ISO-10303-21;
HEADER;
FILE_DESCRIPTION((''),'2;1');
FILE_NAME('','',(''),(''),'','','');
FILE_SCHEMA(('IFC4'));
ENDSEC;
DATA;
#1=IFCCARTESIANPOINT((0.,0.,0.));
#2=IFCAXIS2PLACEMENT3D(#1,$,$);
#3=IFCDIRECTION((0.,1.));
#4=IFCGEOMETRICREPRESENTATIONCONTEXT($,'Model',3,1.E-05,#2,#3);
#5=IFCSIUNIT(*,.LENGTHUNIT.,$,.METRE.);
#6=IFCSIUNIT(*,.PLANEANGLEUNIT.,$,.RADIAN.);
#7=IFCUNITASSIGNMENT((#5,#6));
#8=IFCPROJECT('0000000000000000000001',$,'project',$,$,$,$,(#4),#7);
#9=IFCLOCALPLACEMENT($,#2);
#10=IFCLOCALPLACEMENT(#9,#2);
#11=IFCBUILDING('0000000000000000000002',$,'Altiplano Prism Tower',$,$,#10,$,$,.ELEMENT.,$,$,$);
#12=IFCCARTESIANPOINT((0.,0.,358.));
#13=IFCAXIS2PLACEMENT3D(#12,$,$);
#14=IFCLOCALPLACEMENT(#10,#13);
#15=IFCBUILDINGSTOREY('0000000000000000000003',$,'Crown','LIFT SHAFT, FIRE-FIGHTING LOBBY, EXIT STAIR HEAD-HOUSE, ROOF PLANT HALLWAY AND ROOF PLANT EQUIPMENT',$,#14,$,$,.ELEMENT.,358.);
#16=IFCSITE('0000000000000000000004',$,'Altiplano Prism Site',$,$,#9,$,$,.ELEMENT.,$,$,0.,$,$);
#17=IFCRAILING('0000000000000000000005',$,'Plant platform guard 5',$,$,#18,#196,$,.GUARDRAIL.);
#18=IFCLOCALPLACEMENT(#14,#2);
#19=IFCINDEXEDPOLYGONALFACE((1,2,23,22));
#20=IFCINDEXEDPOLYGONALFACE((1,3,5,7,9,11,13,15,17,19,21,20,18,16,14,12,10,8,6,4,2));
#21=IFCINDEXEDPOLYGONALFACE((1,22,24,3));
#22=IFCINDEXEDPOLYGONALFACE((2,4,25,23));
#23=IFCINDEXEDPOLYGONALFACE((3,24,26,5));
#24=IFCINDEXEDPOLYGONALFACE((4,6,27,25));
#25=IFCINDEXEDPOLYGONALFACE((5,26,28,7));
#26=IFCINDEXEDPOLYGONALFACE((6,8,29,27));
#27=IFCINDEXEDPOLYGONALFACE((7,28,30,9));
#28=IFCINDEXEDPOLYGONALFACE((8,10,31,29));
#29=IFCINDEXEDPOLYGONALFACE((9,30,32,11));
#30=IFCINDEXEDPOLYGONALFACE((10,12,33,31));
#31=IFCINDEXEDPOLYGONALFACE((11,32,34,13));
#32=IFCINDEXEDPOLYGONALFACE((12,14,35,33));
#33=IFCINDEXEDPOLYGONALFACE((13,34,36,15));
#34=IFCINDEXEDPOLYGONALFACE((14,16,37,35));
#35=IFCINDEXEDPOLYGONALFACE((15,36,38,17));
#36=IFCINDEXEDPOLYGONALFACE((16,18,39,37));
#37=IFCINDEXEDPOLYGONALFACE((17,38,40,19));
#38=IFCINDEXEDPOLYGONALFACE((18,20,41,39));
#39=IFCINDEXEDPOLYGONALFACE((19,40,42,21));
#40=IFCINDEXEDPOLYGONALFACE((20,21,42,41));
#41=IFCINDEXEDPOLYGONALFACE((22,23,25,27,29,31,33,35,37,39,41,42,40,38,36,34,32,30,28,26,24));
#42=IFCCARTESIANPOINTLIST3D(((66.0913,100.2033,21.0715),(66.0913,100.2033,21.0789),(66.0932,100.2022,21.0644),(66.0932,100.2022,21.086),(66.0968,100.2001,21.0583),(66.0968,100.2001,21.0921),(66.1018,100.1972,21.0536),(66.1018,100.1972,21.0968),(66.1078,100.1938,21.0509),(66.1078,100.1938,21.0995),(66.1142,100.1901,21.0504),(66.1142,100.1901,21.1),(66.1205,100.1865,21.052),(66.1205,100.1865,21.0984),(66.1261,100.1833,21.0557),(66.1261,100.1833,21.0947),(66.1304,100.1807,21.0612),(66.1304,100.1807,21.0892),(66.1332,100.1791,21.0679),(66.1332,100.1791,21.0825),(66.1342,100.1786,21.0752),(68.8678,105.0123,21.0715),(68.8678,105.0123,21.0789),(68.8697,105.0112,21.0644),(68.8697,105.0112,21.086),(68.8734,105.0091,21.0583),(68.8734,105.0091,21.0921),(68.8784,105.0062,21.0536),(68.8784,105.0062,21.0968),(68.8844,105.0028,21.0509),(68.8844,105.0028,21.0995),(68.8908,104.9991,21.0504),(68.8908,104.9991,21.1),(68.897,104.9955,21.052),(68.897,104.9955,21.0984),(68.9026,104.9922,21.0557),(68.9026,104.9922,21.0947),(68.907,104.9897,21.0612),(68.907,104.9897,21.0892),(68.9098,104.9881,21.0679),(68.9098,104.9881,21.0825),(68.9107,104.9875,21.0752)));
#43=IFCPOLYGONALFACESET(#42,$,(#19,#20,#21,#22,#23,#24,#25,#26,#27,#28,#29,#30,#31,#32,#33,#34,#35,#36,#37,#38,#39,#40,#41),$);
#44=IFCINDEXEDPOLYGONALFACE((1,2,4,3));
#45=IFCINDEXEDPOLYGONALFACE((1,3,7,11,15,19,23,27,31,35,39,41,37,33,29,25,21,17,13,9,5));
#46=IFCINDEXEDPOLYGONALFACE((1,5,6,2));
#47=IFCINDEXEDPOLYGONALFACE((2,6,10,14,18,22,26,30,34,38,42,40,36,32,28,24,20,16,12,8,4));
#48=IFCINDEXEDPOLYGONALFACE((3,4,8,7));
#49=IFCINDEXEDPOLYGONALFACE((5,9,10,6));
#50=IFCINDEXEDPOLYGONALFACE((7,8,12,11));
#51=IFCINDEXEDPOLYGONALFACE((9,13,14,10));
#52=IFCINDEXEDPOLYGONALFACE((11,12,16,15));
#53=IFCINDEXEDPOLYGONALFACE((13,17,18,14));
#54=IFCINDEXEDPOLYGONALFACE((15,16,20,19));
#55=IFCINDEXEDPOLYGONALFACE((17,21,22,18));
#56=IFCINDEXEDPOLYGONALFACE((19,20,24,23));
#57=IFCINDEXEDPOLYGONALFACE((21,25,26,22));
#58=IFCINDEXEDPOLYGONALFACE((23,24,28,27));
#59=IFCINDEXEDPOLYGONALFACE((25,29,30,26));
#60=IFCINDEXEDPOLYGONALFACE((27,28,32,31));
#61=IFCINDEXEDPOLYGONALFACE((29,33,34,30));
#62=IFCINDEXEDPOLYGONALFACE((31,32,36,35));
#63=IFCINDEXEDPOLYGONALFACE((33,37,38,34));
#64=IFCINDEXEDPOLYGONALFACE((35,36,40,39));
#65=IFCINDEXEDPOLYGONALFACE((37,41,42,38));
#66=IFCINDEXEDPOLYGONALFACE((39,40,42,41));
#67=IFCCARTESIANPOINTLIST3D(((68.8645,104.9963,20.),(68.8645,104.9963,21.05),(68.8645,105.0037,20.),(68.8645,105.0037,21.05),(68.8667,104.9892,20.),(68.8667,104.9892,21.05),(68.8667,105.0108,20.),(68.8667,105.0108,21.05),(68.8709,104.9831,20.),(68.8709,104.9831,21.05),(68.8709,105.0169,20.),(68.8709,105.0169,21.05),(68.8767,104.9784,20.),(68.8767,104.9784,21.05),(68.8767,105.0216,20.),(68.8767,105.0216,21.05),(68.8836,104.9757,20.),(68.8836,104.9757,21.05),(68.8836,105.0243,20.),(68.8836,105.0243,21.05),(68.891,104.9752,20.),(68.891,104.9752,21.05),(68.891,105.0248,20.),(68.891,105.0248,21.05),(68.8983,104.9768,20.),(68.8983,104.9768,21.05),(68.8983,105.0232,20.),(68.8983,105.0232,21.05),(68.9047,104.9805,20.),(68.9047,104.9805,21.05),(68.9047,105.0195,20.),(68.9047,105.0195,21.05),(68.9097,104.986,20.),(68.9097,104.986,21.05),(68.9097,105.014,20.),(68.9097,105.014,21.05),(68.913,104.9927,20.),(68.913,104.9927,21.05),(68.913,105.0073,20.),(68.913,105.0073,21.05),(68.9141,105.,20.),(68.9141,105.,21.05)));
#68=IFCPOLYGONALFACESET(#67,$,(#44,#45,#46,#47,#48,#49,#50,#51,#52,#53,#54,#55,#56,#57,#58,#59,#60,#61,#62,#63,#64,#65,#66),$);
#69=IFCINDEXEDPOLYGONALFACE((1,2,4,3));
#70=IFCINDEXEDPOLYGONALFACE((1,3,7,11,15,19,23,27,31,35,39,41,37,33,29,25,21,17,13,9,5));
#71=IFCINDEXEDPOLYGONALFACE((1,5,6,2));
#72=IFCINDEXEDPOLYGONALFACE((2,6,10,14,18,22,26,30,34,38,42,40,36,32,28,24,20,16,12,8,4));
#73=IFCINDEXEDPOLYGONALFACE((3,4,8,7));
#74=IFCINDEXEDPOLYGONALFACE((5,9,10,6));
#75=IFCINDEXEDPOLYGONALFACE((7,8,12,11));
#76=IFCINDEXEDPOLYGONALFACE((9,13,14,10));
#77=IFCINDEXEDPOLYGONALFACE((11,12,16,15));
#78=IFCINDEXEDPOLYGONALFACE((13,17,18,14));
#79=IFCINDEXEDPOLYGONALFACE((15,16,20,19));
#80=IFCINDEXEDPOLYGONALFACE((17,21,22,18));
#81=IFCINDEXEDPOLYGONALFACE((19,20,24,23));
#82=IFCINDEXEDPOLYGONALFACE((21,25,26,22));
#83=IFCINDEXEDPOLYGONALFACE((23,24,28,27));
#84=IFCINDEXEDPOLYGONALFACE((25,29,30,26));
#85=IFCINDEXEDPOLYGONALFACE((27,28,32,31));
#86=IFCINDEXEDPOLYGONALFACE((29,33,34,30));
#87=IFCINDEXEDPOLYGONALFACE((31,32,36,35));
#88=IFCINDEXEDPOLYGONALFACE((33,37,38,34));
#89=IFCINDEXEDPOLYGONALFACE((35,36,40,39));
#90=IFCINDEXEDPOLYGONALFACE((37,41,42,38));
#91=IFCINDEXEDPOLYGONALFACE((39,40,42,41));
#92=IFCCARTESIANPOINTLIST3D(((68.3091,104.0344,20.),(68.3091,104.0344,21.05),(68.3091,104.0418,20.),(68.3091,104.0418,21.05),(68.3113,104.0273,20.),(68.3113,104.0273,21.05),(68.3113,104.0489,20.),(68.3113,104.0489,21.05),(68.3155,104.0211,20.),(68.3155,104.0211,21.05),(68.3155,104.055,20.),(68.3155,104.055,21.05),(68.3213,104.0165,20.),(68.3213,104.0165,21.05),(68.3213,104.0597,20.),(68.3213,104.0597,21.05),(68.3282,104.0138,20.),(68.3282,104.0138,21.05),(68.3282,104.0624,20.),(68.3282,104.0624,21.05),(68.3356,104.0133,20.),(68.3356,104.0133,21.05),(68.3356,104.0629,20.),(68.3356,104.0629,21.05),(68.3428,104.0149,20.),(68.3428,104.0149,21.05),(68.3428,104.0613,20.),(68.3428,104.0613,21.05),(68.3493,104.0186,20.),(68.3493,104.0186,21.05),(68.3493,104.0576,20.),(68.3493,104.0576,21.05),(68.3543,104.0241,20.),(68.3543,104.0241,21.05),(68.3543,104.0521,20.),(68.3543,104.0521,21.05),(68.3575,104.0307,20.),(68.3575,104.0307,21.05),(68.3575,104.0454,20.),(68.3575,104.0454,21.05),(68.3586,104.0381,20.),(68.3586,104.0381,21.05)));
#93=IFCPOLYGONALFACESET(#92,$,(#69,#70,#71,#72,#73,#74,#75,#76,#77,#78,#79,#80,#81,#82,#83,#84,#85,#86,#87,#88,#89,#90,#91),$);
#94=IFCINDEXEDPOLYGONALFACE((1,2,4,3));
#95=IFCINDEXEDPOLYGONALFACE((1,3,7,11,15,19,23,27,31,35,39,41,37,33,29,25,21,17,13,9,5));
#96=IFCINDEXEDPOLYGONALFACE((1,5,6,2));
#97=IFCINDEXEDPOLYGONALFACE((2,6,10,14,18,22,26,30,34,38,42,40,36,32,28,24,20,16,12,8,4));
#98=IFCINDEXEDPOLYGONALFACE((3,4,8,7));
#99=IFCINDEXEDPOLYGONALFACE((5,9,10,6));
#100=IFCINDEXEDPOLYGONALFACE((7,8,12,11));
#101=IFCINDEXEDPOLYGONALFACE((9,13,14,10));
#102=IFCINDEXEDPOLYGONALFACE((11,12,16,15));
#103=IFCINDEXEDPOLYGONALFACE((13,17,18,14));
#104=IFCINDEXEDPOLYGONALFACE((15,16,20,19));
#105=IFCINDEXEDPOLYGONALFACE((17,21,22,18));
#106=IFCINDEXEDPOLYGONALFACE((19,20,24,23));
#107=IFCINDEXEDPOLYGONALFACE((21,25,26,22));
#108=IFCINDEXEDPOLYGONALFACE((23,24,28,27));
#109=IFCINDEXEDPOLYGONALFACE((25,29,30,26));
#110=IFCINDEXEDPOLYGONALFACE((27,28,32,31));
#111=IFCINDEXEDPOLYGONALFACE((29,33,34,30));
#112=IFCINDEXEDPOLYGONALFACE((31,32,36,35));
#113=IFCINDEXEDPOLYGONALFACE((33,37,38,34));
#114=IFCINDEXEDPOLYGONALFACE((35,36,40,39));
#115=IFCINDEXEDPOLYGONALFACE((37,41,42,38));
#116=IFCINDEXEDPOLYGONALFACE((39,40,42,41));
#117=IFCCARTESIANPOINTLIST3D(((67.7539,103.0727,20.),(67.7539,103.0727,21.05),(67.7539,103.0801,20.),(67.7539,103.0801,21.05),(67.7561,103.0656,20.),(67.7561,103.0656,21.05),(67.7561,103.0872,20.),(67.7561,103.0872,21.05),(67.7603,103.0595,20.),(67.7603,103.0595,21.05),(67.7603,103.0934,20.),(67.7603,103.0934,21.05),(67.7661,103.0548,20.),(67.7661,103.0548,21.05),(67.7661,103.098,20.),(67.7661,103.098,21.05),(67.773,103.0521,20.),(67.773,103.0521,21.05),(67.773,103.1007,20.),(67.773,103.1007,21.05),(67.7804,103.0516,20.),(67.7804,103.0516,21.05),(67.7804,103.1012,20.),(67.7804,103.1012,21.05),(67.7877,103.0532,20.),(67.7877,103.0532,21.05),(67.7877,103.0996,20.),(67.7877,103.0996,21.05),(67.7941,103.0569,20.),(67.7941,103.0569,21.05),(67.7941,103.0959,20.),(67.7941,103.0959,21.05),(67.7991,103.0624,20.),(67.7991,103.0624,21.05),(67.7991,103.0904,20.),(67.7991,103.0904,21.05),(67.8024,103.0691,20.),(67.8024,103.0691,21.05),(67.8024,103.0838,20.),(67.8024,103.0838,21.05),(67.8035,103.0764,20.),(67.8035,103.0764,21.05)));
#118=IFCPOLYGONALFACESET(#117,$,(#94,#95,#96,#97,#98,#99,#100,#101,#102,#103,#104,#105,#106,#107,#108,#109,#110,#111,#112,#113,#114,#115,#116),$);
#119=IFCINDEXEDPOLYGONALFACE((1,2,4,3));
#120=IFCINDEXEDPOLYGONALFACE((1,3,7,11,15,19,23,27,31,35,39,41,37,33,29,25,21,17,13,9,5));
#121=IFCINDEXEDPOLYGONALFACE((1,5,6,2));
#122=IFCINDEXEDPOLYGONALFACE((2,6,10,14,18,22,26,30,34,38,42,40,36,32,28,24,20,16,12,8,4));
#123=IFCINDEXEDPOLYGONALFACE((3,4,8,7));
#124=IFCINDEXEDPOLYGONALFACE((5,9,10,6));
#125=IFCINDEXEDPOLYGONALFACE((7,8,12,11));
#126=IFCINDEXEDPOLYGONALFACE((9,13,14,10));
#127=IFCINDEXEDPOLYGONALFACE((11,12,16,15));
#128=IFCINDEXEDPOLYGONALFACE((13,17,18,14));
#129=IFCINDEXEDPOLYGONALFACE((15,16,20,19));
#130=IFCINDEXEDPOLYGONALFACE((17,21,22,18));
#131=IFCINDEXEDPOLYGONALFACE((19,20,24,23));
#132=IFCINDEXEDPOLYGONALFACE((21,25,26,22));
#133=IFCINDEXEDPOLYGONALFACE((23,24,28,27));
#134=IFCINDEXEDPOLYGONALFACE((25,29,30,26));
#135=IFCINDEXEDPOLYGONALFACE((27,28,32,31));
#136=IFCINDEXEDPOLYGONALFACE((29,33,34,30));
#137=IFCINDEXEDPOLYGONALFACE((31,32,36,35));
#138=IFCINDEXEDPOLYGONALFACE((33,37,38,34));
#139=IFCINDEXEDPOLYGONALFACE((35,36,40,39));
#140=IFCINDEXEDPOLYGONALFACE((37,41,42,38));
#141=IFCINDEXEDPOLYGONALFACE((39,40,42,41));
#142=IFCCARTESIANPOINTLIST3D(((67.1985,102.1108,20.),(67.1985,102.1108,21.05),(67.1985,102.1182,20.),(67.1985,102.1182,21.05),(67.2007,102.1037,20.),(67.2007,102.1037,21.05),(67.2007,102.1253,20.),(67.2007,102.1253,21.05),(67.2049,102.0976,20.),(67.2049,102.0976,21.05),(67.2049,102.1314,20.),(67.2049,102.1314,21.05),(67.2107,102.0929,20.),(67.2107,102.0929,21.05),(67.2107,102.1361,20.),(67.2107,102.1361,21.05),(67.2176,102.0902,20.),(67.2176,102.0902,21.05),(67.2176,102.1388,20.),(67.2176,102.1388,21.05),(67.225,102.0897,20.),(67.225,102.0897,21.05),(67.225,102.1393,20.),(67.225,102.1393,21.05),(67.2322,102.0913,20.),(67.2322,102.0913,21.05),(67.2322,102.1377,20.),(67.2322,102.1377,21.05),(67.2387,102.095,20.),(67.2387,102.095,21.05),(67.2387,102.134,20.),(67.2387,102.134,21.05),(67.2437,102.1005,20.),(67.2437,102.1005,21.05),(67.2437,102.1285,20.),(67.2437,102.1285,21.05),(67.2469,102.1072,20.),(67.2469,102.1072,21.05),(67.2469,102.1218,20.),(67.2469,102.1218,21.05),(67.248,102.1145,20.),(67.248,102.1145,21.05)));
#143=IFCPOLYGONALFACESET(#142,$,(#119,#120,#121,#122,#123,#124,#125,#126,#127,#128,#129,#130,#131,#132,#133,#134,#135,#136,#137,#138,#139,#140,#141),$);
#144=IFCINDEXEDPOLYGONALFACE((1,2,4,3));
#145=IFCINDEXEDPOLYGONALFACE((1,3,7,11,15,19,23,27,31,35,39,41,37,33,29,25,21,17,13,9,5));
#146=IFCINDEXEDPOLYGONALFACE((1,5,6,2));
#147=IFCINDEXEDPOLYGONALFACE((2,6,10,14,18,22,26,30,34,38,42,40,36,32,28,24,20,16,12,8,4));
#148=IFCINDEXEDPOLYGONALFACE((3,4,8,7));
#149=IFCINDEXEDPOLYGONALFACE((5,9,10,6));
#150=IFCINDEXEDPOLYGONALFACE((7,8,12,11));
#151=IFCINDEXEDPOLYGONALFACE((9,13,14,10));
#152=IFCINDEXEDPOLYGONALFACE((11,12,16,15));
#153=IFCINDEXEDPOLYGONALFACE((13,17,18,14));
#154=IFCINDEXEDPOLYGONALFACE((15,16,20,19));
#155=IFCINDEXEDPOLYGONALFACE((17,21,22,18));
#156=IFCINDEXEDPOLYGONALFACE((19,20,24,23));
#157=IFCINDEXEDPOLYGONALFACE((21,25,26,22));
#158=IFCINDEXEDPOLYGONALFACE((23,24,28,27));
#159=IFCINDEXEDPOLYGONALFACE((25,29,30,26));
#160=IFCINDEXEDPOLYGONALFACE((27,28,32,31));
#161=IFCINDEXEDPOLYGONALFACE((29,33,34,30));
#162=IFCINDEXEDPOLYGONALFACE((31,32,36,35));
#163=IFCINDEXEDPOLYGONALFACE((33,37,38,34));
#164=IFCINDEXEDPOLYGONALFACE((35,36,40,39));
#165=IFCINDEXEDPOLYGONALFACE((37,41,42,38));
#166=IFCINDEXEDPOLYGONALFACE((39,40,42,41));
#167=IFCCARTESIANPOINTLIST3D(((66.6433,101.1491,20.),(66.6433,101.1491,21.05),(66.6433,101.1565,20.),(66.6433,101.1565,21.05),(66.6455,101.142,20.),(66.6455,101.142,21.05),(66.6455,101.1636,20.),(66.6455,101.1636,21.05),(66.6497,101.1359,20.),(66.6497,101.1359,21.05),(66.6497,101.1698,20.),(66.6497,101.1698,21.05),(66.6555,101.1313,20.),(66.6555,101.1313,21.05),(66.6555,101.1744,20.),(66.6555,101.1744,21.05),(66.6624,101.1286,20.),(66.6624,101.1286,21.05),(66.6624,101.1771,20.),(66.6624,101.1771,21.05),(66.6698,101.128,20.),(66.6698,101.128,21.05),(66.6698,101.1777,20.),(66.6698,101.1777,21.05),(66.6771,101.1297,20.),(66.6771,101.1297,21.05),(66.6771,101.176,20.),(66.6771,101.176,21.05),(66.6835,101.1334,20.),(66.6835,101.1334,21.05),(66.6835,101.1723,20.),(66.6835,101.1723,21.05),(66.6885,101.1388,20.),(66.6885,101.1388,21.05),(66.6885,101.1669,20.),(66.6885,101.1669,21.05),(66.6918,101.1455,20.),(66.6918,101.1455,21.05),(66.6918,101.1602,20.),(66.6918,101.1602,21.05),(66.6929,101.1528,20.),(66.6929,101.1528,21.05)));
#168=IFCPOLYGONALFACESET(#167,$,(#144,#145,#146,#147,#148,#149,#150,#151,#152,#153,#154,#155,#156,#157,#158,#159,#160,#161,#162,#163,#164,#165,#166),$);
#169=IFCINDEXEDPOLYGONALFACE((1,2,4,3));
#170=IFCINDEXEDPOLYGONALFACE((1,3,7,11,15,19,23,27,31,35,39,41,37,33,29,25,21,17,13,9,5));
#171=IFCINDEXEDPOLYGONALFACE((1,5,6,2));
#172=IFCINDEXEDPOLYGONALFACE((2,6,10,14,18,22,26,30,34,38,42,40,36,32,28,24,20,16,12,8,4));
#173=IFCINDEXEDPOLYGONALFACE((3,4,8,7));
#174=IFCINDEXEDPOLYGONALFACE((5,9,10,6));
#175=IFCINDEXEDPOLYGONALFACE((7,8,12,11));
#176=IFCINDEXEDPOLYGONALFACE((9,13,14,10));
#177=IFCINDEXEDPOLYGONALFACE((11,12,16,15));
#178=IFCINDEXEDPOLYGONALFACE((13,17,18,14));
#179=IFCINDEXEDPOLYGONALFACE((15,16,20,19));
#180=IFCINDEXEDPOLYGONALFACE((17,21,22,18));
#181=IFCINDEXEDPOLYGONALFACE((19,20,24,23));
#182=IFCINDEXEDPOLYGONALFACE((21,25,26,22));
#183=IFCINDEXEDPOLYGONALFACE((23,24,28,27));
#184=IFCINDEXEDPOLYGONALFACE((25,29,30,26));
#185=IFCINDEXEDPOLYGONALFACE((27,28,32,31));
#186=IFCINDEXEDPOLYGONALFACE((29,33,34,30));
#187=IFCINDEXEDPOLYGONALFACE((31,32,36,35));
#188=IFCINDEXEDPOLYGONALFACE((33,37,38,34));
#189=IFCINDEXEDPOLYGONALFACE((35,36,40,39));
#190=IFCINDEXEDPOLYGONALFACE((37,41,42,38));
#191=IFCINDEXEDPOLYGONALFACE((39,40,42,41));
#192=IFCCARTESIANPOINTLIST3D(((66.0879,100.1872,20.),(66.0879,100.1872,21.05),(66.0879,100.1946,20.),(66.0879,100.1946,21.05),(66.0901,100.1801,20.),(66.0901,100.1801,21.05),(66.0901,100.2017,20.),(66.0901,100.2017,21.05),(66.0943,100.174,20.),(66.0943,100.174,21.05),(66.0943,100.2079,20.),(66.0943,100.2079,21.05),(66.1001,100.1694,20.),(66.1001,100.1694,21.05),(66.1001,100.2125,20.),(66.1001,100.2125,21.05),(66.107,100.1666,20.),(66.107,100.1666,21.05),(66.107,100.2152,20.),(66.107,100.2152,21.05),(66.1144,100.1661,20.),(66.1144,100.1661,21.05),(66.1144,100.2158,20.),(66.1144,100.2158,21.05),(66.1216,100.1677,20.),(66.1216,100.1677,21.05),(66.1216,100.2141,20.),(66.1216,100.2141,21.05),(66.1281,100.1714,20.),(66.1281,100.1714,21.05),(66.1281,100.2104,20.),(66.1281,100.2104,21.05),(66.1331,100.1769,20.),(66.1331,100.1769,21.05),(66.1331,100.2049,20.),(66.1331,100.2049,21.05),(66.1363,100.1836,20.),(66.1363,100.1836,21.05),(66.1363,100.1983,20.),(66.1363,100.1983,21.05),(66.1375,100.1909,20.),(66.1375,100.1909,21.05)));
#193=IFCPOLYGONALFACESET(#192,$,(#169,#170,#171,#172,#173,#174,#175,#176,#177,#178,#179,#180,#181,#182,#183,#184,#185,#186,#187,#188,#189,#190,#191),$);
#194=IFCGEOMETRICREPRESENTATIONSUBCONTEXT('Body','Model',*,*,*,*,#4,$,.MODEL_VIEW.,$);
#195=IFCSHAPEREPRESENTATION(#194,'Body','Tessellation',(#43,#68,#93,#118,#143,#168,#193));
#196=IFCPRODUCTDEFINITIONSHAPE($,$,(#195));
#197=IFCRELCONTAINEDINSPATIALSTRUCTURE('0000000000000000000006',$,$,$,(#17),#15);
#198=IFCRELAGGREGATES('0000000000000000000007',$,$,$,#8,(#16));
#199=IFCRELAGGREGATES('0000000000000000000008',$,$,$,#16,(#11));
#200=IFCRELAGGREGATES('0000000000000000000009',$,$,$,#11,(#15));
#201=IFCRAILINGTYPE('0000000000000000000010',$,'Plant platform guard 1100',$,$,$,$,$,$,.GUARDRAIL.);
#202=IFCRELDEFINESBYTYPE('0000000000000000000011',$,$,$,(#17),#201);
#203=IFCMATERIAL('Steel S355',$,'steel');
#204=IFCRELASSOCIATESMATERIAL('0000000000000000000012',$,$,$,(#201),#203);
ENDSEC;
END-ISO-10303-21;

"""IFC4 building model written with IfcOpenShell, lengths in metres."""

from ifc_helpers import new_model, si_unit, direction, frame, origin, origin_2d, place, context, subcontext, project, spatial, circle, extrude, material, type_object, element, save


model = new_model("IFC4")

# Units and contexts
model_context = context("Model", 3, precision=1e-05, world=origin(), true_north=direction((0.0, 1.0)))
body_context = subcontext(model_context, "Body", "Model", "MODEL_VIEW")
ifc_project = project(units=[si_unit("LENGTHUNIT", "METRE"), si_unit("PLANEANGLEUNIT", "RADIAN")], contexts=[model_context])

# Site, building, storey
site_placement = place(None, origin())
site = spatial("IfcSite", under=ifc_project, at=site_placement, Name="Altiplano Prism Site", CompositionType="ELEMENT", RefElevation=0.0)
building_placement = place(site_placement, origin())
building = spatial("IfcBuilding", under=site, at=building_placement, Name="Altiplano Prism Tower", CompositionType="ELEMENT")
storey_placement = place(building_placement, frame((0.0, 0.0, 358.0)))
storey = spatial("IfcBuildingStorey", under=building, at=storey_placement, Name="Crown", Description="LIFT SHAFT, FIRE-FIGHTING LOBBY, EXIT STAIR HEAD-HOUSE, ROOF PLANT HALLWAY AND ROOF PLANT EQUIPMENT", CompositionType="ELEMENT", Elevation=358.0)

# Shared definitions
ifc_material_1 = material(Name="Steel S355", Category="steel")

# Railing
railing_type = type_object("IfcRailingType", Name="Plant platform guard 1100", PredefinedType="GUARDRAIL", material=ifc_material_1)
railing_1_placement = place(storey_placement, frame((68.8892, 105.0, 20.0)))
element("IfcRailing", 1, at=railing_1_placement, inside=storey, type_object=railing_type, Name="Plant platform guard 5", PredefinedType="GUARDRAIL", context=body_context, shape_type="SweptSolid", body=[
    extrude(circle(Radius=0.0249, at=origin_2d()), frame((0.0, 0.0, 1.0752), z_axis=(-0.500012, -0.866019, 0.0), x_axis=(0.866019, -0.500012, 0.0)), (0.0, 0.0, 1.0), 5.553),
    extrude(circle(Radius=0.0249, at=origin_2d()), origin(), (0.0, 0.0, 1.0), 1.05),
    extrude(circle(Radius=0.0249, at=origin_2d()), frame((-0.5554, -0.9619, 0.0)), (0.0, 0.0, 1.0), 1.05),
    extrude(circle(Radius=0.0249, at=origin_2d()), frame((-1.1106, -1.9236, 0.0)), (0.0, 0.0, 1.0), 1.05),
    extrude(circle(Radius=0.0249, at=origin_2d()), frame((-1.666, -2.8855, 0.0)), (0.0, 0.0, 1.0), 1.05),
    extrude(circle(Radius=0.0249, at=origin_2d()), frame((-2.2212, -3.8472, 0.0)), (0.0, 0.0, 1.0), 1.05),
    extrude(circle(Radius=0.0249, at=origin_2d()), frame((-2.7766, -4.8091, 0.0)), (0.0, 0.0, 1.0), 1.05),
])

save(model, "model.ifc")
